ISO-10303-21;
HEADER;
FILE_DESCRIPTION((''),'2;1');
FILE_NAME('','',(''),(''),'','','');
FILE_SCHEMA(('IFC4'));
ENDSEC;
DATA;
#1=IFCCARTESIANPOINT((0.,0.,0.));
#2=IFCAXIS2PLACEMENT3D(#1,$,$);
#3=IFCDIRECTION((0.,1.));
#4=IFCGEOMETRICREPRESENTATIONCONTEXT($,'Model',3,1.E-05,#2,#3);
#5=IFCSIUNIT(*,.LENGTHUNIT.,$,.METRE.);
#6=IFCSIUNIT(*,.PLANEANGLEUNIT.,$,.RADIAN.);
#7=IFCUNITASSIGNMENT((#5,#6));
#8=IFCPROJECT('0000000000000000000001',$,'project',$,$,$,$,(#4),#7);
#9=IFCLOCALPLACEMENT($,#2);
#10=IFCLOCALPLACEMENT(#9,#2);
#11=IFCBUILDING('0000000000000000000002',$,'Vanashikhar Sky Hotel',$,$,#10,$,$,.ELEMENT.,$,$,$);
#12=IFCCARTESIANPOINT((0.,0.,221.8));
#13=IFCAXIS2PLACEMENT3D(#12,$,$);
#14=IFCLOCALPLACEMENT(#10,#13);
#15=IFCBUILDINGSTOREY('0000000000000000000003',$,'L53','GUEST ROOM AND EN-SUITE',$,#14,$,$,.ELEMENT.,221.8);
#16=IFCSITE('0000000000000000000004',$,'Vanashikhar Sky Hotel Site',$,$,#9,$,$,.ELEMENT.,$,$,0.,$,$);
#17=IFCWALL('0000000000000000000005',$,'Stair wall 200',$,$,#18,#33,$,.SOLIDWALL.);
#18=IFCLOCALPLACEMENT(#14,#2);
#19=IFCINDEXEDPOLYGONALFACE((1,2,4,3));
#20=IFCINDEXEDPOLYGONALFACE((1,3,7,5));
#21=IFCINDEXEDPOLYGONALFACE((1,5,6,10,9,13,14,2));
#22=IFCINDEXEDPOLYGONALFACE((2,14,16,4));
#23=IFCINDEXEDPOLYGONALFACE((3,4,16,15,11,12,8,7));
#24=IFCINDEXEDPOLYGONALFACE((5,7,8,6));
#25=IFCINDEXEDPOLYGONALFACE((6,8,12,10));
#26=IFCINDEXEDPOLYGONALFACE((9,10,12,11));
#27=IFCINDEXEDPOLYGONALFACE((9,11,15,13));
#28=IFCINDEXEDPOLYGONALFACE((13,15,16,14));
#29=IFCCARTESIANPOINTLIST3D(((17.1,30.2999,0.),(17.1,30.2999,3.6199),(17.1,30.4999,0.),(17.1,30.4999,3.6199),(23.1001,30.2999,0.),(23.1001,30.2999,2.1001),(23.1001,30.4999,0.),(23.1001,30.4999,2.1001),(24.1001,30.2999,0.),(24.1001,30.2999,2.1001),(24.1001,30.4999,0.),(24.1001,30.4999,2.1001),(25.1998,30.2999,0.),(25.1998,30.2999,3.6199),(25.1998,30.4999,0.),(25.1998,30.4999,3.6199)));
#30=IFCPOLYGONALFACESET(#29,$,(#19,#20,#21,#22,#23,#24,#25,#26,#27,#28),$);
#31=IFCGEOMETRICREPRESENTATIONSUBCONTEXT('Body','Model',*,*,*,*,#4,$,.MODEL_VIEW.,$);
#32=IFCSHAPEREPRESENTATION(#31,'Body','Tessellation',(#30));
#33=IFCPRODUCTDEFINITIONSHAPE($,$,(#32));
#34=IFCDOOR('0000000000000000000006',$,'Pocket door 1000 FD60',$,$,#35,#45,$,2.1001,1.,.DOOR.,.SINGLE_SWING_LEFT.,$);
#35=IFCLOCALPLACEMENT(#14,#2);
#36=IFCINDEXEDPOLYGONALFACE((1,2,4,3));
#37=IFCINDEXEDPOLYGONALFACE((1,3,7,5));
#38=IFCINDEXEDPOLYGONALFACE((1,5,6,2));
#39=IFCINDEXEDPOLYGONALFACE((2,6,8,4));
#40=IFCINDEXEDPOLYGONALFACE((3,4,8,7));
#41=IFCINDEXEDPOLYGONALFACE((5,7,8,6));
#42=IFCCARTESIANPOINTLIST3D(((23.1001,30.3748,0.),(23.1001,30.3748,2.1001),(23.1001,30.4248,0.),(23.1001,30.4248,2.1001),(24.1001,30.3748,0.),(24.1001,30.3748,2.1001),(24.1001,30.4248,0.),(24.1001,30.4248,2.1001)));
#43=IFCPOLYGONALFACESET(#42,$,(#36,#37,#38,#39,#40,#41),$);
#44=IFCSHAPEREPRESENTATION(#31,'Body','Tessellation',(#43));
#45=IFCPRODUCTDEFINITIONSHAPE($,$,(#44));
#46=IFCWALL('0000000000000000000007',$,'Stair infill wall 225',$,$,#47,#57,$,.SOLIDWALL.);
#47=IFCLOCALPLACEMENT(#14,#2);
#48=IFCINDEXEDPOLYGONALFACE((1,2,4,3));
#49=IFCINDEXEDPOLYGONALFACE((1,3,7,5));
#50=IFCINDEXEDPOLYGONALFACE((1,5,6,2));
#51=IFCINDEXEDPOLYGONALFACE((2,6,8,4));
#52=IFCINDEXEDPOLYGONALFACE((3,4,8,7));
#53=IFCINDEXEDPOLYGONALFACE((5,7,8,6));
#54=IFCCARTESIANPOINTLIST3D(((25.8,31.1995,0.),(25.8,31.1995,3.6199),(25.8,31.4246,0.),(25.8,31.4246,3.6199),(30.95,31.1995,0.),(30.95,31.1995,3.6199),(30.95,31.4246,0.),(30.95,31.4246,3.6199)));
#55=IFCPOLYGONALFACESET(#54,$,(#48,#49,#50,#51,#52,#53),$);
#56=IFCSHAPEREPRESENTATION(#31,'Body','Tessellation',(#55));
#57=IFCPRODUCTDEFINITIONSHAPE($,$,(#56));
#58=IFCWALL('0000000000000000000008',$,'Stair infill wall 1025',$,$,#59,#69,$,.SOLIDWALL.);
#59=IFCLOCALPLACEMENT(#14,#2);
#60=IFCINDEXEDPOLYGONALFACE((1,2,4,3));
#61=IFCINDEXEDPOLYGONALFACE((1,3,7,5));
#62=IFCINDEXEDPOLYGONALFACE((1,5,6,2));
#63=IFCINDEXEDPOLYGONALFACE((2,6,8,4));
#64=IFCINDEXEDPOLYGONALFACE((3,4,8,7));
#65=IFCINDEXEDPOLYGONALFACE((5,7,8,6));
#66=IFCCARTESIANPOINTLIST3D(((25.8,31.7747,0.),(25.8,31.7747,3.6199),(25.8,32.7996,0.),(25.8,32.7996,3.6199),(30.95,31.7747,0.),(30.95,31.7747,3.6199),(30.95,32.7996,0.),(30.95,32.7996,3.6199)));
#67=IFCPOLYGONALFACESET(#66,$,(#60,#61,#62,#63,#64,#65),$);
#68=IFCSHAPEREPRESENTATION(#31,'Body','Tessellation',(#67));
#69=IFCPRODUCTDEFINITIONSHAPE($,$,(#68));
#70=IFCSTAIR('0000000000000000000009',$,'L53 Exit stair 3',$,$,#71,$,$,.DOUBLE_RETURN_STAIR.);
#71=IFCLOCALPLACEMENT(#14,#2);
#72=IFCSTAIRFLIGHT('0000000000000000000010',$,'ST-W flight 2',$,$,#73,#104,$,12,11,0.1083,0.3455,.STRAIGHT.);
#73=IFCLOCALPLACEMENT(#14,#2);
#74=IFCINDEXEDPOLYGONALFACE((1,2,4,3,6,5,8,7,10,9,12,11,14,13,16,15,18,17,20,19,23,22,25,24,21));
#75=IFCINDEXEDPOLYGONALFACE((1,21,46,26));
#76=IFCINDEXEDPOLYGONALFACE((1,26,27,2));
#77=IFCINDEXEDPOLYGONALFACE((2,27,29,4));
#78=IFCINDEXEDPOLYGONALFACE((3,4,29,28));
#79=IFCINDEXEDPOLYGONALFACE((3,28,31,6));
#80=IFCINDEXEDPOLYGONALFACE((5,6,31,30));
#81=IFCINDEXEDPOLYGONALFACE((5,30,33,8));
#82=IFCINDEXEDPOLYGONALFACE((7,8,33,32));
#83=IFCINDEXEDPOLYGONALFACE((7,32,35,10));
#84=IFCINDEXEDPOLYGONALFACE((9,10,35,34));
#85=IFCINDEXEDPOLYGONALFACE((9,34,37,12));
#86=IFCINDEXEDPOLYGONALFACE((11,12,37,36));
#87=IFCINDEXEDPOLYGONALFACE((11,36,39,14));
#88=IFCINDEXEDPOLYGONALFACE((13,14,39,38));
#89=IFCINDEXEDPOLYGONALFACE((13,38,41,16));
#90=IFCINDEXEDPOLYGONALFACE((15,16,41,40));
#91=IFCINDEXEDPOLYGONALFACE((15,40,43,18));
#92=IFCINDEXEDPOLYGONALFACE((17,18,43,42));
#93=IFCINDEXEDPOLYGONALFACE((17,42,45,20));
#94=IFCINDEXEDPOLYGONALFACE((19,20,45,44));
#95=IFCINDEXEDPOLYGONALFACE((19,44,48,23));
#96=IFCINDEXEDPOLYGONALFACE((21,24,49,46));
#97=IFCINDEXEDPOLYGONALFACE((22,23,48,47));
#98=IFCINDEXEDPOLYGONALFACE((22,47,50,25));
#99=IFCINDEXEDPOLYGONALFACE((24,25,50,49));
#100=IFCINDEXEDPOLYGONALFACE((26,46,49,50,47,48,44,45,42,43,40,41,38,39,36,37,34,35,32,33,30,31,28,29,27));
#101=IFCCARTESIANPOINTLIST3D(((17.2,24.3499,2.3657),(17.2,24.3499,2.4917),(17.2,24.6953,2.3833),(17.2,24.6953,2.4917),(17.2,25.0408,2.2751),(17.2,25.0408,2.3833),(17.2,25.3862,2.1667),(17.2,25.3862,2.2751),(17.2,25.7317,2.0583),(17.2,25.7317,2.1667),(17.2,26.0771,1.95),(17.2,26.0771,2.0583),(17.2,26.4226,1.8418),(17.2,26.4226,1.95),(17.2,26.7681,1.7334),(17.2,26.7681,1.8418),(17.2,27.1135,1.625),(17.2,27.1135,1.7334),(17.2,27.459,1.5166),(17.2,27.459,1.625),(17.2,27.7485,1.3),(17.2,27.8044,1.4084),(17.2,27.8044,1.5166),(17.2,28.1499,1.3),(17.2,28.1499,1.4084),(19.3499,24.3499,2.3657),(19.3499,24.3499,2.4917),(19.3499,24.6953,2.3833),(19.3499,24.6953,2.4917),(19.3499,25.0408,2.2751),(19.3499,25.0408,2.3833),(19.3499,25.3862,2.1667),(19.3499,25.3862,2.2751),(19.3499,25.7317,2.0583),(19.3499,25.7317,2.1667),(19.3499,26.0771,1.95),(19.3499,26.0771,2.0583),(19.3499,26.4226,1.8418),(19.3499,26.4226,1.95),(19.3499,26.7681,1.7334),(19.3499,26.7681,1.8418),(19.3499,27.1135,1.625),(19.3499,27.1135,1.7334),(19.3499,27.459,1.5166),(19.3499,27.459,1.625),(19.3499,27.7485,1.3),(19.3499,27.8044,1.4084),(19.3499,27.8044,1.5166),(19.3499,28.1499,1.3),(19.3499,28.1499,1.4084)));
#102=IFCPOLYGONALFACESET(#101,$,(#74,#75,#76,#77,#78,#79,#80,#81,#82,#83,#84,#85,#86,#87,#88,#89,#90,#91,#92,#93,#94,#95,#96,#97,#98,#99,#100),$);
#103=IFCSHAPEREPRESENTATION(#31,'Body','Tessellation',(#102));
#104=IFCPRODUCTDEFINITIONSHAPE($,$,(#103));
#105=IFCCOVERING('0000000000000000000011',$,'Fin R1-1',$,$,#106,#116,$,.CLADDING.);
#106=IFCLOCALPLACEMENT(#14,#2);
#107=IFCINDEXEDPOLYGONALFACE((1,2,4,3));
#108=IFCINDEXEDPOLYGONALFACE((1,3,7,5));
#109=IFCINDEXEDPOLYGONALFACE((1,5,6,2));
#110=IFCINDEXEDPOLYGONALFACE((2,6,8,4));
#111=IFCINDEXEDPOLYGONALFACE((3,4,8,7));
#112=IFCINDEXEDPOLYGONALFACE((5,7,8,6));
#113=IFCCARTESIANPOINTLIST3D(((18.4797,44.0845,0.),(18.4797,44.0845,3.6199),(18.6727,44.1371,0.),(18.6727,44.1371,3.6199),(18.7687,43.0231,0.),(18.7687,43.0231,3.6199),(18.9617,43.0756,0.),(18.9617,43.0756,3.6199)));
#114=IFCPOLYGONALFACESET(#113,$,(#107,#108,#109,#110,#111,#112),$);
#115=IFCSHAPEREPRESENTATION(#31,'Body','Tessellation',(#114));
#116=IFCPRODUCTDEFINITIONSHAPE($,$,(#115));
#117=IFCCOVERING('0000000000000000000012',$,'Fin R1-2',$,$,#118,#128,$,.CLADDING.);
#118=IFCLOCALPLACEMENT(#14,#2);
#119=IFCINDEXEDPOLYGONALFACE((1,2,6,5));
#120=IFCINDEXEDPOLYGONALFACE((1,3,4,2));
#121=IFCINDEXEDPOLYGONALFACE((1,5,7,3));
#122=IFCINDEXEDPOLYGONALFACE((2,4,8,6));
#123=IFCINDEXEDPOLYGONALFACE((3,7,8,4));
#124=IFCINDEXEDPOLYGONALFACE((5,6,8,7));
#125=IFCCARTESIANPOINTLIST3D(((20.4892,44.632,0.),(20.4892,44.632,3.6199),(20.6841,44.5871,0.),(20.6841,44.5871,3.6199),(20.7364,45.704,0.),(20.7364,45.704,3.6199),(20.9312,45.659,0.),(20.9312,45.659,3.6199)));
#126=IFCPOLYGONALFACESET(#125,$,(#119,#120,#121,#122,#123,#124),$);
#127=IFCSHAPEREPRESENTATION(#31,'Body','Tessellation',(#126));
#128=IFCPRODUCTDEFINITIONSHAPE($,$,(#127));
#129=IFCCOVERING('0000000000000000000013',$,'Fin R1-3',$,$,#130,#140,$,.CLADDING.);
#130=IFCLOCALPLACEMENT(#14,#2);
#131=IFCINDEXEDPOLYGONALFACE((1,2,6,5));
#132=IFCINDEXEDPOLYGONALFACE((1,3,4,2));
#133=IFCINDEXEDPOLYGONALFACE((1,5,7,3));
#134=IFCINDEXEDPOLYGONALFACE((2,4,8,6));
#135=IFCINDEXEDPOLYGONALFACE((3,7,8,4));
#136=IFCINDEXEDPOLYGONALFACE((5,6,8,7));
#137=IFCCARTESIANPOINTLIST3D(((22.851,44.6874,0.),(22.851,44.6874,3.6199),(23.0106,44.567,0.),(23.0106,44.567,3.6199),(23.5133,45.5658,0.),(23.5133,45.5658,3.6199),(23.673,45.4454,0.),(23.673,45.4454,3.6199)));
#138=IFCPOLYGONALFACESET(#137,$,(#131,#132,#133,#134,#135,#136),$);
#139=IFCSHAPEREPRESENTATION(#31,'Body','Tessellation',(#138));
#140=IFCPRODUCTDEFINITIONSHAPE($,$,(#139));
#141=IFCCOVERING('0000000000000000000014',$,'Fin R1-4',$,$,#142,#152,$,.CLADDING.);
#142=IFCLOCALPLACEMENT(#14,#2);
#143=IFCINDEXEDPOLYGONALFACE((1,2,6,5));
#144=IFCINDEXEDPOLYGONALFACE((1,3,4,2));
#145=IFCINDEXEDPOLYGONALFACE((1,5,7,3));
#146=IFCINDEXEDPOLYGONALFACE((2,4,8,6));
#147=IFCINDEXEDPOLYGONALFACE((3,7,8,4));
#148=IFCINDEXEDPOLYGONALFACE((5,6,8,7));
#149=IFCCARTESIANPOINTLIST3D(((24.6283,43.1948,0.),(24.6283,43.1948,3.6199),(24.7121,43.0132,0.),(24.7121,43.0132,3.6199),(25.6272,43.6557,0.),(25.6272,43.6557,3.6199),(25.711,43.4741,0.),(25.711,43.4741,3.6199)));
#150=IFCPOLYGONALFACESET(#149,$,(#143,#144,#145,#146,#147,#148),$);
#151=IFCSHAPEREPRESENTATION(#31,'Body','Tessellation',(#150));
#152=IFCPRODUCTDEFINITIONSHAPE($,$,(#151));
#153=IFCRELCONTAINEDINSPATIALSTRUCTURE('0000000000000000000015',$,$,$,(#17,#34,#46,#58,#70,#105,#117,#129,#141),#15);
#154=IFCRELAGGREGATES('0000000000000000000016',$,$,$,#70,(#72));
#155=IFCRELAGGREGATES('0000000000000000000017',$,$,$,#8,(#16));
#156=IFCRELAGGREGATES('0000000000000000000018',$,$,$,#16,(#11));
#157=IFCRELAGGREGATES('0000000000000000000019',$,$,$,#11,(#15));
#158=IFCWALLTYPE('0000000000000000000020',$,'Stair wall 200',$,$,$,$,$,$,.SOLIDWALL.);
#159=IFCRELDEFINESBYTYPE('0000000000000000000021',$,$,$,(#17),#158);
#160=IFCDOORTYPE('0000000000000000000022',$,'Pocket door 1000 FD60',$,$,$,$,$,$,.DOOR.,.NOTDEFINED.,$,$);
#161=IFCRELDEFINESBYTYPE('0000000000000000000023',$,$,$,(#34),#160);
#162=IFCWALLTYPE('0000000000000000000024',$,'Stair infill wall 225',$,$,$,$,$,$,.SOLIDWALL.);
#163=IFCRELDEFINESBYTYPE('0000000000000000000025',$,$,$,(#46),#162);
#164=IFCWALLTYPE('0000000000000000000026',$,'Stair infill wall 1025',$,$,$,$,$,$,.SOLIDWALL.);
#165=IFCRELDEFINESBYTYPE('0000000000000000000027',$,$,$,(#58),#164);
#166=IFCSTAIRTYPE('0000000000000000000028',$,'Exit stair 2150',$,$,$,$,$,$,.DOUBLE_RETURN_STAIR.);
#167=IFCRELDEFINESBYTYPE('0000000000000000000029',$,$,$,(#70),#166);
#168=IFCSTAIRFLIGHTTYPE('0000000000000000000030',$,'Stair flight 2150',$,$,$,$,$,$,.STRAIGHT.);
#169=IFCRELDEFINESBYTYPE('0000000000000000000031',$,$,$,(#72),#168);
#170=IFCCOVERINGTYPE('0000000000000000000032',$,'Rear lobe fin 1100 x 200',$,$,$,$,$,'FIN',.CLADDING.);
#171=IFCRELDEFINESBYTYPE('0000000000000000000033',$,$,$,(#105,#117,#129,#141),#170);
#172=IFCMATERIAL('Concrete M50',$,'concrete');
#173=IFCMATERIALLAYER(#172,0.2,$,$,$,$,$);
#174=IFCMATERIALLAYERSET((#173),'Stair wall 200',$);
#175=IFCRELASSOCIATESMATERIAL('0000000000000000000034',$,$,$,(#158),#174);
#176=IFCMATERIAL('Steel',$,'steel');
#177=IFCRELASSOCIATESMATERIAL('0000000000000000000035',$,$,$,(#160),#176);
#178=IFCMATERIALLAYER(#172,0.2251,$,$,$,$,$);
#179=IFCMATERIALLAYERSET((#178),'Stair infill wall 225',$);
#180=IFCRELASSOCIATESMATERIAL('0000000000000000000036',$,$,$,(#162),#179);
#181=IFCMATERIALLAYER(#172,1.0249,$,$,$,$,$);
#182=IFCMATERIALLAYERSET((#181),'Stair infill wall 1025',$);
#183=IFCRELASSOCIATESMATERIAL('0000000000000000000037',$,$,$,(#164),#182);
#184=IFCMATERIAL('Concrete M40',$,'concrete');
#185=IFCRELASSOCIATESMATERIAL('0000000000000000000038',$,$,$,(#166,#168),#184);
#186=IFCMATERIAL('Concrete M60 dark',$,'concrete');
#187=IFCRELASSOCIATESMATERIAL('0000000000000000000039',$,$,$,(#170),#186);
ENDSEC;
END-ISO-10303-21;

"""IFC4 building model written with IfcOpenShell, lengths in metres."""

from ifc_helpers import new_model, si_unit, direction, frame, frame_2d, origin, origin_2d, place, context, subcontext, project, spatial, polyline, rectangle, outline, extrude, source, transform, mapped, material, layer, layer_set, material_profile, profile_set, type_object, element, fill, aggregate, save


model = new_model("IFC4")

# Units and contexts
model_context = context("Model", 3, precision=1e-05, world=origin(), true_north=direction((0.0, 1.0)))
body_context = subcontext(model_context, "Body", "Model", "MODEL_VIEW")
ifc_project = project(units=[si_unit("LENGTHUNIT", "METRE"), si_unit("PLANEANGLEUNIT", "RADIAN")], contexts=[model_context])

# Site, building, storey
site_placement = place(None, origin())
site = spatial("IfcSite", under=ifc_project, at=site_placement, Name="Vanashikhar Sky Hotel Site", CompositionType="ELEMENT", RefElevation=0.0)
building_placement = place(site_placement, origin())
building = spatial("IfcBuilding", under=site, at=building_placement, Name="Vanashikhar Sky Hotel", CompositionType="ELEMENT")
storey_placement = place(building_placement, frame((0.0, 0.0, 221.8)))
storey = spatial("IfcBuildingStorey", under=building, at=storey_placement, Name="L53", Description="GUEST ROOM AND EN-SUITE", CompositionType="ELEMENT", Elevation=221.8)

# Shared definitions
ifc_material_1 = material(Name="Concrete M50", Category="concrete")

# Wall, opening, door
ifc_layer_1 = layer(ifc_material_1, 0.2)
ifc_layer_set_1 = layer_set([ifc_layer_1], Name="Stair wall 200")
wall_type_1 = type_object("IfcWallType", Name="Stair wall 200", PredefinedType="SOLIDWALL", material=ifc_layer_set_1)
shared_shape_1 = source(origin(), body_context, "Body", "SweptSolid", [
    extrude(rectangle(XDim=8.0999, YDim=0.2, at=frame_2d((4.0498, 0.0))), origin(), (0.0, 0.0, 1.0), 3.6199),
])
wall_1_placement = place(storey_placement, frame((17.1001, 30.3999, 0.0), z_axis=(0.0, 0.0, 1.0), x_axis=(1.0, 0.0, 0.0)))
wall_1 = element("IfcWall", 1, at=wall_1_placement, inside=storey, type_object=wall_type_1, Name="Stair wall 200", PredefinedType="SOLIDWALL", context=body_context, shape_type="MappedRepresentation", body=[
    mapped(shared_shape_1, transform((0.0, 0.0, 0.0), scale=1.0)),
])
shared_shape_2 = source(origin(), body_context, "Body", "SweptSolid", [
    extrude(rectangle(XDim=1.0, YDim=2.1001, at=frame_2d((0.5, 1.05))), frame((0.0, 0.1099, 0.0), z_axis=(0.0, -1.0, 0.0), x_axis=(1.0, 0.0, 0.0)), (0.0, 0.0, 1.0), 0.22),
])
opening_1_placement = place(wall_1_placement, frame((6.0, 0.0, 0.0)))
opening_1 = element("IfcOpeningElement", 2, at=opening_1_placement, cuts=wall_1, PredefinedType="OPENING", context=body_context, shape_type="MappedRepresentation", body=[
    mapped(shared_shape_2, transform((0.0, 0.0, 0.0), scale=1.0)),
])
ifc_material_2 = material(Name="Steel", Category="steel")
door_type_1 = type_object("IfcDoorType", Name="Pocket door 1000 FD60", OperationType="NOTDEFINED", PredefinedType="DOOR", material=ifc_material_2)
shared_shape_3 = source(origin(), body_context, "Body", "SweptSolid", [
    extrude(rectangle(XDim=1.0, YDim=2.1001, at=frame_2d((0.5, 1.05))), frame((0.0, 0.0249, 0.0), z_axis=(0.0, -1.0, 0.0), x_axis=(1.0, 0.0, 0.0)), (0.0, 0.0, 1.0), 0.05),
])
door_1_placement = place(opening_1_placement, origin())
door_1 = element("IfcDoor", 3, at=door_1_placement, inside=storey, type_object=door_type_1, Name="Pocket door 1000 FD60", OperationType="SINGLE_SWING_LEFT", OverallHeight=2.1001, OverallWidth=1.0, PredefinedType="DOOR", context=body_context, shape_type="MappedRepresentation", body=[
    mapped(shared_shape_3, transform((0.0, 0.0, 0.0), scale=1.0)),
])
fill(opening_1, door_1)

# Walls
ifc_layer_2 = layer(ifc_material_1, 0.2251)
ifc_layer_set_2 = layer_set([ifc_layer_2], Name="Stair infill wall 225")
wall_type_2 = type_object("IfcWallType", Name="Stair infill wall 225", PredefinedType="SOLIDWALL", material=ifc_layer_set_2)
shared_shape_4 = source(origin(), body_context, "Body", "SweptSolid", [
    extrude(rectangle(XDim=5.1499, YDim=0.2251, at=frame_2d((2.575, 0.0))), origin(), (0.0, 0.0, 1.0), 3.6199),
])
wall_2_placement = place(storey_placement, frame((25.8, 31.312, 0.0), z_axis=(0.0, 0.0, 1.0), x_axis=(1.0, 0.0, 0.0)))
element("IfcWall", 4, at=wall_2_placement, inside=storey, type_object=wall_type_2, Name="Stair infill wall 225", PredefinedType="SOLIDWALL", context=body_context, shape_type="MappedRepresentation", body=[
    mapped(shared_shape_4, transform((0.0, 0.0, 0.0), scale=1.0)),
])
ifc_layer_3 = layer(ifc_material_1, 1.0249)
ifc_layer_set_3 = layer_set([ifc_layer_3], Name="Stair infill wall 1025")
wall_type_3 = type_object("IfcWallType", Name="Stair infill wall 1025", PredefinedType="SOLIDWALL", material=ifc_layer_set_3)
shared_shape_5 = source(origin(), body_context, "Body", "SweptSolid", [
    extrude(rectangle(XDim=5.1499, YDim=1.0249, at=frame_2d((2.575, 0.0))), origin(), (0.0, 0.0, 1.0), 3.6199),
])
wall_3_placement = place(storey_placement, frame((25.8, 32.2871, 0.0), z_axis=(0.0, 0.0, 1.0), x_axis=(1.0, 0.0, 0.0)))
element("IfcWall", 5, at=wall_3_placement, inside=storey, type_object=wall_type_3, Name="Stair infill wall 1025", PredefinedType="SOLIDWALL", context=body_context, shape_type="MappedRepresentation", body=[
    mapped(shared_shape_5, transform((0.0, 0.0, 0.0), scale=1.0)),
])

# Stair, stair flight
ifc_material_3 = material(Name="Concrete M40", Category="concrete")
stair_type = type_object("IfcStairType", Name="Exit stair 2150", PredefinedType="DOUBLE_RETURN_STAIR", material=ifc_material_3)
stair_placement = place(storey_placement, origin())
stair = element("IfcStair", 6, at=stair_placement, inside=storey, type_object=stair_type, Name="L53 Exit stair 3", PredefinedType="DOUBLE_RETURN_STAIR")
stair_flight_type = type_object("IfcStairFlightType", Name="Stair flight 2150", PredefinedType="STRAIGHT", material=ifc_material_3)
shared_shape_6 = source(origin(), body_context, "Body", "SweptSolid", [
    extrude(outline(polyline([(0.0, 0.0), (0.0, 0.1084), (0.3455, 0.1084), (0.3455, 0.2166), (0.6909, 0.2166), (0.6909, 0.325), (1.0364, 0.325), (1.0364, 0.4333), (1.3818, 0.4333), (1.3818, 0.5417), (1.7273, 0.5417), (1.7273, 0.6499), (2.0728, 0.6499), (2.0728, 0.7583), (2.4182, 0.7583), (2.4182, 0.8667), (2.7637, 0.8667), (2.7637, 0.9751), (3.1091, 0.9751), (3.1091, 1.0833), (3.4546, 1.0833), (3.4546, 1.1917), (3.8, 1.1917), (3.8, 1.3), (3.8, 1.0657), (0.4014, 0.0), (0.0, 0.0)])), frame((0.0, 1.075, 0.0), z_axis=(0.0, -1.0, 0.0), x_axis=(1.0, 0.0, 0.0)), (0.0, 0.0, 1.0), 2.1499),
])
stair_flight_placement = place(storey_placement, frame((18.2749, 28.1499, 1.3), z_axis=(0.0, 0.0, 1.0), x_axis=(0.0, -1.0, 0.0)))
stair_flight = element("IfcStairFlight", 7, at=stair_flight_placement, type_object=stair_flight_type, Name="ST-W flight 2", NumberOfRisers=12, NumberOfTreads=11, PredefinedType="STRAIGHT", RiserHeight=0.1083, TreadLength=0.3455, context=body_context, shape_type="MappedRepresentation", body=[
    mapped(shared_shape_6, transform((0.0, 0.0, 0.0), scale=1.0)),
])
aggregate(stair, [stair_flight])

# Coverings
ifc_material_4 = material(Name="Concrete M60 dark", Category="concrete")
ifc_material_profile = material_profile(ifc_material_4, rectangle(XDim=1.1001, YDim=0.2, at=origin_2d()))
ifc_profile_set = profile_set([ifc_material_profile], Name="Rear lobe fin 1100 x 200")
covering_type = type_object("IfcCoveringType", Name="Rear lobe fin 1100 x 200", ElementType="FIN", PredefinedType="CLADDING", material=ifc_profile_set)
shared_shape_7 = source(origin(), body_context, "Body", "SweptSolid", [
    extrude(rectangle(XDim=1.1001, YDim=0.2, at=origin_2d()), origin(), (0.0, 0.0, 1.0), 3.6199),
])
for number, where, z_axis, x_axis, name in (
    (8, (18.7207, 43.5801, 0.0), (0.0, 0.0, 1.0), (-0.262711, 0.964874, 0.0), "Fin R1-1"),
    (9, (20.7102, 45.1455, 0.0), (0.0, 0.0, 1.0), (0.224645, 0.974441, 0.0), "Fin R1-2"),
    (10, (23.262, 45.0664, 0.0), (0.0, 0.0, 1.0), (0.602066, 0.798446, 0.0), "Fin R1-3"),
    (11, (25.1697, 43.3345, 0.0), (0.0, 0.0, 1.0), (0.908004, 0.418961, 0.0), "Fin R1-4"),
):
    element("IfcCovering", number, at=place(storey_placement, frame(where, z_axis=z_axis, x_axis=x_axis)), inside=storey, type_object=covering_type, Name=name, PredefinedType="CLADDING", context=body_context, shape_type="MappedRepresentation", body=[
        mapped(shared_shape_7, transform((0.0, 0.0, 0.0), scale=1.0)),
    ])

save(model, "model.ifc")
